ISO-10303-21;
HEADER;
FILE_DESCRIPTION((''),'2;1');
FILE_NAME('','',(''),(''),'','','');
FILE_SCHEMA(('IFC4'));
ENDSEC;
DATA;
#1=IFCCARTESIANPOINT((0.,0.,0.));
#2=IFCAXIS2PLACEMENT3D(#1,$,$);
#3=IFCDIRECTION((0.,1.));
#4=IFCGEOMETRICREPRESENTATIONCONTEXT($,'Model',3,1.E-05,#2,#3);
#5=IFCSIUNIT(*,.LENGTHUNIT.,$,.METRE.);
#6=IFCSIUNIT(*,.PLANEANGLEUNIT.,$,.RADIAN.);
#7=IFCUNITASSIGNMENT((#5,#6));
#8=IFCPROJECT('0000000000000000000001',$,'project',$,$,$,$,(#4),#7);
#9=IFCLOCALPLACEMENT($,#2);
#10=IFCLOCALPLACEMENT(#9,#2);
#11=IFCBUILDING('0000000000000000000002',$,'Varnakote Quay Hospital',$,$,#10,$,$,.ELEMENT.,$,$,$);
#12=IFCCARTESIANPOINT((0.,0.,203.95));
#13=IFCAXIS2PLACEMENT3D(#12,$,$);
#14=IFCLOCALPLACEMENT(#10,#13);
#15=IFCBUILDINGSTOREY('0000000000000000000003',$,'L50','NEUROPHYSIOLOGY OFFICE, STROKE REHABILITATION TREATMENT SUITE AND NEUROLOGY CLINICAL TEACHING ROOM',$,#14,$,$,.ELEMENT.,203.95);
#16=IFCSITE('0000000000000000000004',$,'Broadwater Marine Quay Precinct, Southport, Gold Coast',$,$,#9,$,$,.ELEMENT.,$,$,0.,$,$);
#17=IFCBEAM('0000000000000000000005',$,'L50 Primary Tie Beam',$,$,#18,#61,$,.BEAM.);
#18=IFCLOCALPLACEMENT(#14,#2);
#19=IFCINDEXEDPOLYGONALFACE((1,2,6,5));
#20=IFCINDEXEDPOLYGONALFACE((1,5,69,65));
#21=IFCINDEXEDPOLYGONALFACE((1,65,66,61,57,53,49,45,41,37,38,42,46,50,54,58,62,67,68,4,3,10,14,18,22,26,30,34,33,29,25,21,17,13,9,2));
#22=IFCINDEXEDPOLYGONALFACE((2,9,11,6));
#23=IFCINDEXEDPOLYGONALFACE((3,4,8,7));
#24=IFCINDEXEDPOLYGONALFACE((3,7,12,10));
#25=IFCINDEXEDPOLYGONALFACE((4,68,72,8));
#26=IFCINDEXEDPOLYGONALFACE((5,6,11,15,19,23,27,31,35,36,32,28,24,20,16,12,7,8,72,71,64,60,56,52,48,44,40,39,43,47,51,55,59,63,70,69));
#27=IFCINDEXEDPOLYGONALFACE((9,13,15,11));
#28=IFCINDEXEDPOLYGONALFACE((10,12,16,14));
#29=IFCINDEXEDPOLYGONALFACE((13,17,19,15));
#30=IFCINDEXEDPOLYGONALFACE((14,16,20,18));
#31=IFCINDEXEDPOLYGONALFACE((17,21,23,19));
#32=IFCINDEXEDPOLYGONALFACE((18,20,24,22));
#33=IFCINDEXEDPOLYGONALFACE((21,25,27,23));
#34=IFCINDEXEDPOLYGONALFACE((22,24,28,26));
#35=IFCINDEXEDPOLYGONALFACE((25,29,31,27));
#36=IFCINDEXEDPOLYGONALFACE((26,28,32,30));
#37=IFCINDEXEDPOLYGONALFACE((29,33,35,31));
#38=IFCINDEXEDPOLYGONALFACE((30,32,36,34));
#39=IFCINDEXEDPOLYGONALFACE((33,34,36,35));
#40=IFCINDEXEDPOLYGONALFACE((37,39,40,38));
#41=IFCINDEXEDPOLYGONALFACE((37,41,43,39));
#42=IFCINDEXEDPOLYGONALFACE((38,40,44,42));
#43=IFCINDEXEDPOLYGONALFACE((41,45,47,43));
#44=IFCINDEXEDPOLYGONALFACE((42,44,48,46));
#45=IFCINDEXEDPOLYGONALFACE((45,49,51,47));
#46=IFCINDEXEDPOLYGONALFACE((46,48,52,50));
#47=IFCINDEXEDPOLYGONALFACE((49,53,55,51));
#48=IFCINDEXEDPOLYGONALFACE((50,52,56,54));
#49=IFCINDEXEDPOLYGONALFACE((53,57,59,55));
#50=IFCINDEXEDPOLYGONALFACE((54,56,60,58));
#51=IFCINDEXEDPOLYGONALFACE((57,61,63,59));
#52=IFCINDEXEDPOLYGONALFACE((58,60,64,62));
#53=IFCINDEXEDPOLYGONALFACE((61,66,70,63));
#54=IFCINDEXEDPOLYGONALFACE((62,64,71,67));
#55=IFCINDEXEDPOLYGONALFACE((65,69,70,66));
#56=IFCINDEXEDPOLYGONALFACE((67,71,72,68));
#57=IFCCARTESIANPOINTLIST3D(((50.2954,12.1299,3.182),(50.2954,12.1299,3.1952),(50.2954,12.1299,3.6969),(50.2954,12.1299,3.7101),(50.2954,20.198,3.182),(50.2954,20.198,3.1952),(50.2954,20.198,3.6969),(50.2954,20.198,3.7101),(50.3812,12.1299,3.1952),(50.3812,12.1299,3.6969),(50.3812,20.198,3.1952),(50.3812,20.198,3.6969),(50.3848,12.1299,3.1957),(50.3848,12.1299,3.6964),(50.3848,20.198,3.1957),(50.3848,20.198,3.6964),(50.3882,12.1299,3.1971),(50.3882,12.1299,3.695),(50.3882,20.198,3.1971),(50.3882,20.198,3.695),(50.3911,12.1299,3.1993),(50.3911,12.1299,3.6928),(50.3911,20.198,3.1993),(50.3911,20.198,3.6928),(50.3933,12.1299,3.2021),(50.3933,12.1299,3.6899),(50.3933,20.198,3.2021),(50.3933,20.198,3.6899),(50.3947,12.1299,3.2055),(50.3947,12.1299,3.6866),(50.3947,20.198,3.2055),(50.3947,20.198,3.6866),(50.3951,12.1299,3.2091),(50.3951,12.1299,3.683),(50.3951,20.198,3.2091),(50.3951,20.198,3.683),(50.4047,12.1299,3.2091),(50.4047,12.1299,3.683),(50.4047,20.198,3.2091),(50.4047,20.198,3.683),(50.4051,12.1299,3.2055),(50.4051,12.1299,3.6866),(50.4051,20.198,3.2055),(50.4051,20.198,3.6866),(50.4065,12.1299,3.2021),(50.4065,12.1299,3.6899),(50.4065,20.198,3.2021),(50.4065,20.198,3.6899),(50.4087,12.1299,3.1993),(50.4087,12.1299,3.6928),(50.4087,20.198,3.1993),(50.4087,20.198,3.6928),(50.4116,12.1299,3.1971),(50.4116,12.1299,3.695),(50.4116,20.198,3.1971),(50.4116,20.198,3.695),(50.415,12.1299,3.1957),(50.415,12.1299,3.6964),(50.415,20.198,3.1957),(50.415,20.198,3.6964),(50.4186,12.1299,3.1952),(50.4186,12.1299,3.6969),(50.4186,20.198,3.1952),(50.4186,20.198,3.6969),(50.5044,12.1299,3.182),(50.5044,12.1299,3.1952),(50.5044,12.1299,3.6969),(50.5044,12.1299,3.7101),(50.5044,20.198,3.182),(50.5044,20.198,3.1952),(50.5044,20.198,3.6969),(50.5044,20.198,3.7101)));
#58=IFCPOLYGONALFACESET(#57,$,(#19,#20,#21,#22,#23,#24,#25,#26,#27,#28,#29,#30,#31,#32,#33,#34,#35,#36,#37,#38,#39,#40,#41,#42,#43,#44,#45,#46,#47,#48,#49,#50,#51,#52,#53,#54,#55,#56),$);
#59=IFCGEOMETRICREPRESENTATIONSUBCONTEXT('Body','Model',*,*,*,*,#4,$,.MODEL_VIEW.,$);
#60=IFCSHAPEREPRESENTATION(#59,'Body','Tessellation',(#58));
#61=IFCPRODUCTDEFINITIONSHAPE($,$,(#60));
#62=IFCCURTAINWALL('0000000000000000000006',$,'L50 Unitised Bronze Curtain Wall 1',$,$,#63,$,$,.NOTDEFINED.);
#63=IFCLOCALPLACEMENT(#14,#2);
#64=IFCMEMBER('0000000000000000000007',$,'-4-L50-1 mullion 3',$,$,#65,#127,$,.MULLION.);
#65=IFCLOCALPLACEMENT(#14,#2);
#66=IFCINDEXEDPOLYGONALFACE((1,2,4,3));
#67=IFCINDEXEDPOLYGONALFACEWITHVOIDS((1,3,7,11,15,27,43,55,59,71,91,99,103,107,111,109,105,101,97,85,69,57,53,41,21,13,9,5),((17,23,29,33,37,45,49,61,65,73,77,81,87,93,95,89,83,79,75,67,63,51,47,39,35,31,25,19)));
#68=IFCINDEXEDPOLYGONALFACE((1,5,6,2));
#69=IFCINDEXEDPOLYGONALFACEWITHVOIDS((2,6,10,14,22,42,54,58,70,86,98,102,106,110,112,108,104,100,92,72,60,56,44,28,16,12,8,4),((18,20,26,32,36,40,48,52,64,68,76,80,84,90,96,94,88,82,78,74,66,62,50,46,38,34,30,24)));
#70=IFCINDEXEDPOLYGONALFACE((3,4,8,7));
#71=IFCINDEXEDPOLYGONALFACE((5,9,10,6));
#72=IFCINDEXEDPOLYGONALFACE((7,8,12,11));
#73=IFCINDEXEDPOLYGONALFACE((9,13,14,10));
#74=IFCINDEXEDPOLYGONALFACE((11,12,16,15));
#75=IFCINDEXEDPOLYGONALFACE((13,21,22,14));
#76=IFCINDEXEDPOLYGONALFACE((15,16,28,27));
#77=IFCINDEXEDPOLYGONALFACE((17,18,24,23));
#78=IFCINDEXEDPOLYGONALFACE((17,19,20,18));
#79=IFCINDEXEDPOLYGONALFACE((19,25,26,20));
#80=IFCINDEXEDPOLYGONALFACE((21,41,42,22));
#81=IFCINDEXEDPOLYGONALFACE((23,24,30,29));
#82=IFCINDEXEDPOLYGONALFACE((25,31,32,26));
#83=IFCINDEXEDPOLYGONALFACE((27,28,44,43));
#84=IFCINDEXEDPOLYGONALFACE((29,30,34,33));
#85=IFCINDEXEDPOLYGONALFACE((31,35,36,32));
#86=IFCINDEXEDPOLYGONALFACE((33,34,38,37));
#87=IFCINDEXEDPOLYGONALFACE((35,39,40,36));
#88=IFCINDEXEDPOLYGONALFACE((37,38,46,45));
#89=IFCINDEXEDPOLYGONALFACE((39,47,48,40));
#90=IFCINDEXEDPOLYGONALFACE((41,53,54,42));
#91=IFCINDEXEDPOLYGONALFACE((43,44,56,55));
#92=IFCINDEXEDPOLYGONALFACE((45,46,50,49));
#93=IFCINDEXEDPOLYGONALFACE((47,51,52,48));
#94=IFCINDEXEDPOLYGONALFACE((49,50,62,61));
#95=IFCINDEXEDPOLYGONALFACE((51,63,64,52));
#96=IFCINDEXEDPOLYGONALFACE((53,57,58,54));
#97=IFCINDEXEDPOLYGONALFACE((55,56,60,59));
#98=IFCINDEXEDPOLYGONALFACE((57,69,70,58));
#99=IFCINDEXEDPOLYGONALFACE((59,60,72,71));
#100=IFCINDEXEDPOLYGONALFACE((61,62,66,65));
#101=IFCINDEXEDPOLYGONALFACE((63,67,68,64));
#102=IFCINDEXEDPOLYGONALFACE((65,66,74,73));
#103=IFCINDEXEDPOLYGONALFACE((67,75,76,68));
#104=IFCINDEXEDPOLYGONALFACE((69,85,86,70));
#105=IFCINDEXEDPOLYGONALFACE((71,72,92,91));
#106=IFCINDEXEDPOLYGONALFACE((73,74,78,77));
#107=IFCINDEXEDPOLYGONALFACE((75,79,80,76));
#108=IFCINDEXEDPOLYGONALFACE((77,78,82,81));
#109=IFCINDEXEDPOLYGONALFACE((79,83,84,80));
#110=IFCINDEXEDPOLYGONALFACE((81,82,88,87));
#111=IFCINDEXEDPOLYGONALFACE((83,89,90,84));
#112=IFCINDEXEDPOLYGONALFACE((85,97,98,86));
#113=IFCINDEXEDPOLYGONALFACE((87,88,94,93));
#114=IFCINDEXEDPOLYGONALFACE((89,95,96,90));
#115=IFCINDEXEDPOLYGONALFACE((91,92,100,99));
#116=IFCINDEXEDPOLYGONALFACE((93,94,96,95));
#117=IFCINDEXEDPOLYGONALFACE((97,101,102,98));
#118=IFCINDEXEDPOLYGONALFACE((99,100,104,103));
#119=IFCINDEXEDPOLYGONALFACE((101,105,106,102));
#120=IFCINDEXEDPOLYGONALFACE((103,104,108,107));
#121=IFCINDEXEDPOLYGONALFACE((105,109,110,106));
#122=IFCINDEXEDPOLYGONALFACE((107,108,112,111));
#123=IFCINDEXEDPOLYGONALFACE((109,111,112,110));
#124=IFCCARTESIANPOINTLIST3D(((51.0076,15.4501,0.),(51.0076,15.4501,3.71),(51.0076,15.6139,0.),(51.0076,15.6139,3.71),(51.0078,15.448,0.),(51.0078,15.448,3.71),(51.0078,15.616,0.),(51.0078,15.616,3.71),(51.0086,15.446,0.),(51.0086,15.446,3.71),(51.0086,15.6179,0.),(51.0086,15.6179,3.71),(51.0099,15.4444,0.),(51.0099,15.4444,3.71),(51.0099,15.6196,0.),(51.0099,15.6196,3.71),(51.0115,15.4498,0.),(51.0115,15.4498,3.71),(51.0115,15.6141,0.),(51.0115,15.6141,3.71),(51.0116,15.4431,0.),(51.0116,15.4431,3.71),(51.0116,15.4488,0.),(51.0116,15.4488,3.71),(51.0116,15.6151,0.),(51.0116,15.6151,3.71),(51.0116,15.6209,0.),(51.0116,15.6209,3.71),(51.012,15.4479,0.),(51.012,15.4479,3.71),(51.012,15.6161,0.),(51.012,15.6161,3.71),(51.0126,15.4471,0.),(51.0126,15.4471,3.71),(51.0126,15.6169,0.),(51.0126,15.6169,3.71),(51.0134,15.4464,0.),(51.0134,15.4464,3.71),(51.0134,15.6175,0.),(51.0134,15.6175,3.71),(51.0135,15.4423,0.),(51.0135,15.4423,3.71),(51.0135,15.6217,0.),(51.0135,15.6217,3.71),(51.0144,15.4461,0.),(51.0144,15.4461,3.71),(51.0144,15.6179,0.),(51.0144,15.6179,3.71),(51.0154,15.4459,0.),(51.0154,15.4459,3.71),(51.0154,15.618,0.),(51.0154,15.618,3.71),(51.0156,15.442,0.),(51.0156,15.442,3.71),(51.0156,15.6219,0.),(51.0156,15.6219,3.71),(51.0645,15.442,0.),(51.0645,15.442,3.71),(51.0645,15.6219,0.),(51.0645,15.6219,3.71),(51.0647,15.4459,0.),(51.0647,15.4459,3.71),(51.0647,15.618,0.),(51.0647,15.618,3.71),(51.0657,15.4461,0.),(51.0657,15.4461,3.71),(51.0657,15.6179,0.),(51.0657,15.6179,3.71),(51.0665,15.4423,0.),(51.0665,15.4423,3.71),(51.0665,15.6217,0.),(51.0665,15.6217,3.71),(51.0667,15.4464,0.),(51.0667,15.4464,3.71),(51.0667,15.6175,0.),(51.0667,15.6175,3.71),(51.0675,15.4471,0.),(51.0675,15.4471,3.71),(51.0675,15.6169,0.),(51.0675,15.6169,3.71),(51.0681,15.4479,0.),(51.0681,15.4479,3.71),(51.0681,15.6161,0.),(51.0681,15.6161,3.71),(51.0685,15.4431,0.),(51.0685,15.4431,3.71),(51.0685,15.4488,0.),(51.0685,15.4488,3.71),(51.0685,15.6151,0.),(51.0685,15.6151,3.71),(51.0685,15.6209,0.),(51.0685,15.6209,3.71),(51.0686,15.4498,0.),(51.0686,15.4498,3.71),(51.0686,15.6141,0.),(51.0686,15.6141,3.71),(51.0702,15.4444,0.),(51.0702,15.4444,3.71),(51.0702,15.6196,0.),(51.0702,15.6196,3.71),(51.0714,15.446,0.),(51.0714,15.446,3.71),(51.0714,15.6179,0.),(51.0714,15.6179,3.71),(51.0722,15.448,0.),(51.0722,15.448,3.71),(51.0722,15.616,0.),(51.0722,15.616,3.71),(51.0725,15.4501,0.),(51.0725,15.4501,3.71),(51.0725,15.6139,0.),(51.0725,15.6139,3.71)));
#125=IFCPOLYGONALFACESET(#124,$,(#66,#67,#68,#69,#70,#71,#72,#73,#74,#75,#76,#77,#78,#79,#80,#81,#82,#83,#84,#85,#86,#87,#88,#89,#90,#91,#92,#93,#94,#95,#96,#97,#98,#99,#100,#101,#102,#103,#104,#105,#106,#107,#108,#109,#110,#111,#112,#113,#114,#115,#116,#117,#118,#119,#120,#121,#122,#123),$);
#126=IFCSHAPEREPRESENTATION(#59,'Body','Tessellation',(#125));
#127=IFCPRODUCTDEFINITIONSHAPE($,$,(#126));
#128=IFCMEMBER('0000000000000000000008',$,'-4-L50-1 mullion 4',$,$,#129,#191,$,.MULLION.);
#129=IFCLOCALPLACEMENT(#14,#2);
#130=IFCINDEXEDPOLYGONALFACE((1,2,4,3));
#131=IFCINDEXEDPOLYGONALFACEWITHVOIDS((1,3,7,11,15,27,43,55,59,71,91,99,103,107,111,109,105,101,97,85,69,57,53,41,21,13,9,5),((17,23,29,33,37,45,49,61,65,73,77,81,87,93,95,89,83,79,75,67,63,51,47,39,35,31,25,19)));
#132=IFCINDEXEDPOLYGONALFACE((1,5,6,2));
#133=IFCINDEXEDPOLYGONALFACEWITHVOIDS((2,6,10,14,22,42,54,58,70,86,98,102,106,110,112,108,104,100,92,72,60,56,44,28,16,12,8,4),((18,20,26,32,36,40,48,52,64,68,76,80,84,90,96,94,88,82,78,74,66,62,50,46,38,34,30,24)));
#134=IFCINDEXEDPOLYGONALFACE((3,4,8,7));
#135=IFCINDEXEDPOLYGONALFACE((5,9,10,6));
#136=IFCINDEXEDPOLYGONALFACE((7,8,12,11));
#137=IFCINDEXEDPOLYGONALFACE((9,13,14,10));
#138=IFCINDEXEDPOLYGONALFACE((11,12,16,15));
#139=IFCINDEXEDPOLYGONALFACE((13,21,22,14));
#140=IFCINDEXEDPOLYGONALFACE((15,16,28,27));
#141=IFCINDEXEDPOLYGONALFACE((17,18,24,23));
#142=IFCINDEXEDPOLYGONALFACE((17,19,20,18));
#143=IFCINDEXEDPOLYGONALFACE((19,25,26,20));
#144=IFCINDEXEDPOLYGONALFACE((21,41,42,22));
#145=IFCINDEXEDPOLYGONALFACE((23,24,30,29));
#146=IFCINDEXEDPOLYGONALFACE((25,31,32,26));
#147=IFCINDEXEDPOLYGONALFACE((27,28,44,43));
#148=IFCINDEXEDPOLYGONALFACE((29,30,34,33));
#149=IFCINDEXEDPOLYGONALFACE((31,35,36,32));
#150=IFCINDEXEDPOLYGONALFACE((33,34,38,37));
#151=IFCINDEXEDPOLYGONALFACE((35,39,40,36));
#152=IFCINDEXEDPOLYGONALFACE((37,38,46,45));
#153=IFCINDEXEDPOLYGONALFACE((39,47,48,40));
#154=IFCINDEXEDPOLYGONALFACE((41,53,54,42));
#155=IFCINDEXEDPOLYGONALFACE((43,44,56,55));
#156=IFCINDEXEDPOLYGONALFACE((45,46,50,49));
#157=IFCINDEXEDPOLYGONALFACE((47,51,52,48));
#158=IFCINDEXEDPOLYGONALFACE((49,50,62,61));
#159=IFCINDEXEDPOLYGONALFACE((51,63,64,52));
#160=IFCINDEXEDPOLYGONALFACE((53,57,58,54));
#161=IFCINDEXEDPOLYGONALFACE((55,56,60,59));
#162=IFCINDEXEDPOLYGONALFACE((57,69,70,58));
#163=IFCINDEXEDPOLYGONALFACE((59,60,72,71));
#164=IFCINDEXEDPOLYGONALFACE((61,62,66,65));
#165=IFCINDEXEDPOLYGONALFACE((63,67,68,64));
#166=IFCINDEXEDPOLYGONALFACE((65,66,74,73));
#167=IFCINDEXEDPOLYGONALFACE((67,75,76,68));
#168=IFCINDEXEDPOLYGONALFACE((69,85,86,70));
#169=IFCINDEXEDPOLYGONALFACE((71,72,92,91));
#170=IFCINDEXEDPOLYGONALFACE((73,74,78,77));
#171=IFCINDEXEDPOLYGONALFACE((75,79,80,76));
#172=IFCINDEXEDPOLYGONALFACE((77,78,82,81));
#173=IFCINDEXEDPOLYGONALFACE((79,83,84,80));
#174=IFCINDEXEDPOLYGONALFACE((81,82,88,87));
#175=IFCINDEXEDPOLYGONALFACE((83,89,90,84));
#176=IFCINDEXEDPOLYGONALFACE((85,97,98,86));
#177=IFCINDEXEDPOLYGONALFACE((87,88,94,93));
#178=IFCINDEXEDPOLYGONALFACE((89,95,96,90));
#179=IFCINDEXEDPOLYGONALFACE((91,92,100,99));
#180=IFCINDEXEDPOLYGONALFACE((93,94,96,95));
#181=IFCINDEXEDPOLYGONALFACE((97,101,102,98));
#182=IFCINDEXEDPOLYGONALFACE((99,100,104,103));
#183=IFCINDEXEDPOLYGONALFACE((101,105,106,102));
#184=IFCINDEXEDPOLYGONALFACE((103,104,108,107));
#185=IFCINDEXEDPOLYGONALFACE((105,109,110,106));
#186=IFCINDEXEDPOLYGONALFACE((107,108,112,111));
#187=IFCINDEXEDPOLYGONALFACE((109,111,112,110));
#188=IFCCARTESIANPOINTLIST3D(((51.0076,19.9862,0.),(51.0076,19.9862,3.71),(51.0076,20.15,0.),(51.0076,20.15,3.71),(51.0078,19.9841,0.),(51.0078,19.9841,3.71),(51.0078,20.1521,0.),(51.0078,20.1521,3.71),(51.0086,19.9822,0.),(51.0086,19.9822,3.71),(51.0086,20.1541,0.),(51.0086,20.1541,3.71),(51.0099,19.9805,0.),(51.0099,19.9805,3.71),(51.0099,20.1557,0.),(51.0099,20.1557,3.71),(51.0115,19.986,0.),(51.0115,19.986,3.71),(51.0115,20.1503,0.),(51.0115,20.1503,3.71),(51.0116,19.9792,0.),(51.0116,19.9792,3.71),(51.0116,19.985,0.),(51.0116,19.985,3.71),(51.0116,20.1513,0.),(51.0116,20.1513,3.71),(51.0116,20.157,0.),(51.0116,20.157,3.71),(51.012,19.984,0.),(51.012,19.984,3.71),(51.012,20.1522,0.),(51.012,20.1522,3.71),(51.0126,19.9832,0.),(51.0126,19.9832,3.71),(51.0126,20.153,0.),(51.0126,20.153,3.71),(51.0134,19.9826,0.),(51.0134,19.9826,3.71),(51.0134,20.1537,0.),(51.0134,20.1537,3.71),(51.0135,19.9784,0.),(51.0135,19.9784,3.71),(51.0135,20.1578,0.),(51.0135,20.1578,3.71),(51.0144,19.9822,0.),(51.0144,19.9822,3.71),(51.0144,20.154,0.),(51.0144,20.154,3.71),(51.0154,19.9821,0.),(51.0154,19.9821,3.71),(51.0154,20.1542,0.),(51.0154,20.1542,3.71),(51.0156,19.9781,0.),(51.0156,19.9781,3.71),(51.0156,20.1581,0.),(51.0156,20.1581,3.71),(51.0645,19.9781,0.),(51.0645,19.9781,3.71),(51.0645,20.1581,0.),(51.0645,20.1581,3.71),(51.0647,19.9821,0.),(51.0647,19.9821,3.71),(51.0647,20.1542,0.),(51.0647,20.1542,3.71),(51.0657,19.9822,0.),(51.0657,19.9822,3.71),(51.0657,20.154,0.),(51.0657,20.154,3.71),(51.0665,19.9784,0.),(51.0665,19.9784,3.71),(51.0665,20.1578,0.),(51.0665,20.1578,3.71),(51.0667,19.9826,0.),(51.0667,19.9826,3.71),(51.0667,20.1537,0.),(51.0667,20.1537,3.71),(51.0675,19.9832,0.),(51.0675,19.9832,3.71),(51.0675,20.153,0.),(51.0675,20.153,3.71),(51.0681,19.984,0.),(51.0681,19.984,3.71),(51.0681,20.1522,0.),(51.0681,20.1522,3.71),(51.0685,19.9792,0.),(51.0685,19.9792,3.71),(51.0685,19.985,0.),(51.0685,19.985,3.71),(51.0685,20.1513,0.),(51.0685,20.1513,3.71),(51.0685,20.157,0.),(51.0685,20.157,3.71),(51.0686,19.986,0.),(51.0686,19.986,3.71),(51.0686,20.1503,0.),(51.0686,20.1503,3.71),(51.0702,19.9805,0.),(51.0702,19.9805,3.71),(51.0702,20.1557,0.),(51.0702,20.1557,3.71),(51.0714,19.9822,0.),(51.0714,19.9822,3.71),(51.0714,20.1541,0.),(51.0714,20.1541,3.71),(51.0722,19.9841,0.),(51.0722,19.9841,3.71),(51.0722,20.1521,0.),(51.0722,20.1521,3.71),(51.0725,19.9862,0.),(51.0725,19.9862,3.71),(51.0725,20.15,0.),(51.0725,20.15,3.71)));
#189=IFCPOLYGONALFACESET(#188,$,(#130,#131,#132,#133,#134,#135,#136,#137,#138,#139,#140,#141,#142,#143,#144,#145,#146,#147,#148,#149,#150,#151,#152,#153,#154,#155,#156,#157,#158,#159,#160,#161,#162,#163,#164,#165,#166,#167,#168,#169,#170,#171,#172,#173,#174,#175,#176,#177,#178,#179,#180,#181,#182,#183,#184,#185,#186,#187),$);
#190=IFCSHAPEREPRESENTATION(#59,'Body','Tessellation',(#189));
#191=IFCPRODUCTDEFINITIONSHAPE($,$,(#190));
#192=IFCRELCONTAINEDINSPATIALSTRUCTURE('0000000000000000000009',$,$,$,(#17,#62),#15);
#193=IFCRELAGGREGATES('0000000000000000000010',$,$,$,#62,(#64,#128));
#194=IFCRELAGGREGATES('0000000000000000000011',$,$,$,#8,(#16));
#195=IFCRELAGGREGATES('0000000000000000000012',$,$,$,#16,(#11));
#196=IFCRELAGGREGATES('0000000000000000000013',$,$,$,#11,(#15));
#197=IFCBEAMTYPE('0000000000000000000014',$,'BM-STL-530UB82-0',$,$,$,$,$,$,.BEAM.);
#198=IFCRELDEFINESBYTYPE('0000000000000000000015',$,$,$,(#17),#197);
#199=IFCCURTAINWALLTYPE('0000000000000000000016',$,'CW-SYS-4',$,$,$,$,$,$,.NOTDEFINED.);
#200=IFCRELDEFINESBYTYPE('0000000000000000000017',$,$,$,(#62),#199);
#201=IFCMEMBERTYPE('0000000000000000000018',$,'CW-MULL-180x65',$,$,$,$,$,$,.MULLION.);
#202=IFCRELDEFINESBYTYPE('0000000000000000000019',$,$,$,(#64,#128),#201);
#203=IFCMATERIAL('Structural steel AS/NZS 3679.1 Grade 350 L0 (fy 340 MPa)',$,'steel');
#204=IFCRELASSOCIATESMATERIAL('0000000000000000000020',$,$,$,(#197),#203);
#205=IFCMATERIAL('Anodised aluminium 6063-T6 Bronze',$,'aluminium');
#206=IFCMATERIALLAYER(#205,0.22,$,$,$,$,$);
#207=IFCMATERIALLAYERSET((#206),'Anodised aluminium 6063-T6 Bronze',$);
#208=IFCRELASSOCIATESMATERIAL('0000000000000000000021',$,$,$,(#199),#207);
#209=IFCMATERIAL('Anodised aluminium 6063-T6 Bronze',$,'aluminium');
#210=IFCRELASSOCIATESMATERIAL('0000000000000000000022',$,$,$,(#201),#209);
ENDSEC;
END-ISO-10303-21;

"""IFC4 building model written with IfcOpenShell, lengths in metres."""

from ifc_helpers import new_model, si_unit, direction, frame, origin, origin_2d, place, context, subcontext, project, spatial, hollow_rectangle, i_section, extrude, material, layer, layer_set, material_profile, profile_set, type_object, element, aggregate, save


model = new_model("IFC4")

# Units and contexts
model_context = context("Model", 3, precision=1e-05, world=origin(), true_north=direction((0.0, 1.0)))
body_context = subcontext(model_context, "Body", "Model", "MODEL_VIEW")
ifc_project = project(units=[si_unit("LENGTHUNIT", "METRE"), si_unit("PLANEANGLEUNIT", "RADIAN")], contexts=[model_context])

# Site, building, storey
site_placement = place(None, origin())
site = spatial("IfcSite", under=ifc_project, at=site_placement, Name="Broadwater Marine Quay Precinct, Southport, Gold Coast", CompositionType="ELEMENT", RefElevation=0.0)
building_placement = place(site_placement, origin())
building = spatial("IfcBuilding", under=site, at=building_placement, Name="Varnakote Quay Hospital", CompositionType="ELEMENT")
storey_placement = place(building_placement, frame((0.0, 0.0, 203.95)))
storey = spatial("IfcBuildingStorey", under=building, at=storey_placement, Name="L50", Description="NEUROPHYSIOLOGY OFFICE, STROKE REHABILITATION TREATMENT SUITE AND NEUROLOGY CLINICAL TEACHING ROOM", CompositionType="ELEMENT", Elevation=203.95)

# Beam
ifc_material_1 = material(Name="Structural steel AS/NZS 3679.1 Grade 350 L0 (fy 340 MPa)", Category="steel")
ifc_material_profile_1 = material_profile(ifc_material_1, i_section(OverallWidth=0.209, OverallDepth=0.5281, WebThickness=0.0095, FlangeThickness=0.0132, FilletRadius=0.0139, at=origin_2d()), Name="530UB82.0")
ifc_profile_set_1 = profile_set([ifc_material_profile_1], Name="Structural steel AS/NZS 3679.1 Grade 350 L0 (fy 340 MPa)")
beam_type = type_object("IfcBeamType", Name="BM-STL-530UB82-0", PredefinedType="BEAM", material=ifc_profile_set_1)
beam_placement = place(storey_placement, frame((50.3999, 12.1299, 3.446), z_axis=(0.0, 1.0, 0.0), x_axis=(-1.0, 0.0, 0.0)))
element("IfcBeam", 1, at=beam_placement, inside=storey, type_object=beam_type, Name="L50 Primary Tie Beam", PredefinedType="BEAM", context=body_context, shape_type="SweptSolid", body=[
    extrude(i_section(OverallWidth=0.209, OverallDepth=0.5281, WebThickness=0.0095, FlangeThickness=0.0132, FilletRadius=0.0139, at=origin_2d()), origin(), (0.0, 0.0, 1.0), 8.0681),
])

# Curtain wall, members
ifc_material_2 = material(Name="Anodised aluminium 6063-T6 Bronze", Category="aluminium")
ifc_layer_1 = layer(ifc_material_2, 0.22)
ifc_layer_set_1 = layer_set([ifc_layer_1], Name="Anodised aluminium 6063-T6 Bronze")
curtain_wall_type = type_object("IfcCurtainWallType", Name="CW-SYS-4", PredefinedType="NOTDEFINED", material=ifc_layer_set_1)
curtain_wall_placement = place(storey_placement, origin())
curtain_wall = element("IfcCurtainWall", 2, at=curtain_wall_placement, inside=storey, type_object=curtain_wall_type, Name="L50 Unitised Bronze Curtain Wall 1", PredefinedType="NOTDEFINED")
ifc_material_3 = material(Name="Anodised aluminium 6063-T6 Bronze", Category="aluminium")
ifc_material_profile_2 = material_profile(ifc_material_3, hollow_rectangle(XDim=0.0649, YDim=0.1799, WallThickness=0.0039, InnerFilletRadius=0.0039, OuterFilletRadius=0.0081, at=origin_2d()), Name="CW-MULL-180x65")
ifc_profile_set_2 = profile_set([ifc_material_profile_2], Name="Anodised aluminium 6063-T6 Bronze")
member_type_1 = type_object("IfcMemberType", Name="CW-MULL-180x65", PredefinedType="MULLION", material=ifc_profile_set_2)
member_1_placement = place(storey_placement, frame((51.04, 15.532, 0.0), z_axis=(0.0, 0.0, 1.0), x_axis=(-1.0, 0.0, 0.0)))
member_1 = element("IfcMember", 3, at=member_1_placement, type_object=member_type_1, Name="-4-L50-1 mullion 3", PredefinedType="MULLION", context=body_context, shape_type="SweptSolid", body=[
    extrude(hollow_rectangle(XDim=0.0649, YDim=0.1799, WallThickness=0.0039, InnerFilletRadius=0.0039, OuterFilletRadius=0.0081, at=origin_2d()), origin(), (0.0, 0.0, 1.0), 3.71),
])
member_2_placement = place(storey_placement, frame((51.04, 20.0681, 0.0), z_axis=(0.0, 0.0, 1.0), x_axis=(-1.0, 0.0, 0.0)))
member_2 = element("IfcMember", 4, at=member_2_placement, type_object=member_type_1, Name="-4-L50-1 mullion 4", PredefinedType="MULLION", context=body_context, shape_type="SweptSolid", body=[
    extrude(hollow_rectangle(XDim=0.0649, YDim=0.1799, WallThickness=0.0039, InnerFilletRadius=0.0039, OuterFilletRadius=0.0081, at=origin_2d()), origin(), (0.0, 0.0, 1.0), 3.71),
])
aggregate(curtain_wall, [member_1, member_2])

save(model, "model.ifc")
